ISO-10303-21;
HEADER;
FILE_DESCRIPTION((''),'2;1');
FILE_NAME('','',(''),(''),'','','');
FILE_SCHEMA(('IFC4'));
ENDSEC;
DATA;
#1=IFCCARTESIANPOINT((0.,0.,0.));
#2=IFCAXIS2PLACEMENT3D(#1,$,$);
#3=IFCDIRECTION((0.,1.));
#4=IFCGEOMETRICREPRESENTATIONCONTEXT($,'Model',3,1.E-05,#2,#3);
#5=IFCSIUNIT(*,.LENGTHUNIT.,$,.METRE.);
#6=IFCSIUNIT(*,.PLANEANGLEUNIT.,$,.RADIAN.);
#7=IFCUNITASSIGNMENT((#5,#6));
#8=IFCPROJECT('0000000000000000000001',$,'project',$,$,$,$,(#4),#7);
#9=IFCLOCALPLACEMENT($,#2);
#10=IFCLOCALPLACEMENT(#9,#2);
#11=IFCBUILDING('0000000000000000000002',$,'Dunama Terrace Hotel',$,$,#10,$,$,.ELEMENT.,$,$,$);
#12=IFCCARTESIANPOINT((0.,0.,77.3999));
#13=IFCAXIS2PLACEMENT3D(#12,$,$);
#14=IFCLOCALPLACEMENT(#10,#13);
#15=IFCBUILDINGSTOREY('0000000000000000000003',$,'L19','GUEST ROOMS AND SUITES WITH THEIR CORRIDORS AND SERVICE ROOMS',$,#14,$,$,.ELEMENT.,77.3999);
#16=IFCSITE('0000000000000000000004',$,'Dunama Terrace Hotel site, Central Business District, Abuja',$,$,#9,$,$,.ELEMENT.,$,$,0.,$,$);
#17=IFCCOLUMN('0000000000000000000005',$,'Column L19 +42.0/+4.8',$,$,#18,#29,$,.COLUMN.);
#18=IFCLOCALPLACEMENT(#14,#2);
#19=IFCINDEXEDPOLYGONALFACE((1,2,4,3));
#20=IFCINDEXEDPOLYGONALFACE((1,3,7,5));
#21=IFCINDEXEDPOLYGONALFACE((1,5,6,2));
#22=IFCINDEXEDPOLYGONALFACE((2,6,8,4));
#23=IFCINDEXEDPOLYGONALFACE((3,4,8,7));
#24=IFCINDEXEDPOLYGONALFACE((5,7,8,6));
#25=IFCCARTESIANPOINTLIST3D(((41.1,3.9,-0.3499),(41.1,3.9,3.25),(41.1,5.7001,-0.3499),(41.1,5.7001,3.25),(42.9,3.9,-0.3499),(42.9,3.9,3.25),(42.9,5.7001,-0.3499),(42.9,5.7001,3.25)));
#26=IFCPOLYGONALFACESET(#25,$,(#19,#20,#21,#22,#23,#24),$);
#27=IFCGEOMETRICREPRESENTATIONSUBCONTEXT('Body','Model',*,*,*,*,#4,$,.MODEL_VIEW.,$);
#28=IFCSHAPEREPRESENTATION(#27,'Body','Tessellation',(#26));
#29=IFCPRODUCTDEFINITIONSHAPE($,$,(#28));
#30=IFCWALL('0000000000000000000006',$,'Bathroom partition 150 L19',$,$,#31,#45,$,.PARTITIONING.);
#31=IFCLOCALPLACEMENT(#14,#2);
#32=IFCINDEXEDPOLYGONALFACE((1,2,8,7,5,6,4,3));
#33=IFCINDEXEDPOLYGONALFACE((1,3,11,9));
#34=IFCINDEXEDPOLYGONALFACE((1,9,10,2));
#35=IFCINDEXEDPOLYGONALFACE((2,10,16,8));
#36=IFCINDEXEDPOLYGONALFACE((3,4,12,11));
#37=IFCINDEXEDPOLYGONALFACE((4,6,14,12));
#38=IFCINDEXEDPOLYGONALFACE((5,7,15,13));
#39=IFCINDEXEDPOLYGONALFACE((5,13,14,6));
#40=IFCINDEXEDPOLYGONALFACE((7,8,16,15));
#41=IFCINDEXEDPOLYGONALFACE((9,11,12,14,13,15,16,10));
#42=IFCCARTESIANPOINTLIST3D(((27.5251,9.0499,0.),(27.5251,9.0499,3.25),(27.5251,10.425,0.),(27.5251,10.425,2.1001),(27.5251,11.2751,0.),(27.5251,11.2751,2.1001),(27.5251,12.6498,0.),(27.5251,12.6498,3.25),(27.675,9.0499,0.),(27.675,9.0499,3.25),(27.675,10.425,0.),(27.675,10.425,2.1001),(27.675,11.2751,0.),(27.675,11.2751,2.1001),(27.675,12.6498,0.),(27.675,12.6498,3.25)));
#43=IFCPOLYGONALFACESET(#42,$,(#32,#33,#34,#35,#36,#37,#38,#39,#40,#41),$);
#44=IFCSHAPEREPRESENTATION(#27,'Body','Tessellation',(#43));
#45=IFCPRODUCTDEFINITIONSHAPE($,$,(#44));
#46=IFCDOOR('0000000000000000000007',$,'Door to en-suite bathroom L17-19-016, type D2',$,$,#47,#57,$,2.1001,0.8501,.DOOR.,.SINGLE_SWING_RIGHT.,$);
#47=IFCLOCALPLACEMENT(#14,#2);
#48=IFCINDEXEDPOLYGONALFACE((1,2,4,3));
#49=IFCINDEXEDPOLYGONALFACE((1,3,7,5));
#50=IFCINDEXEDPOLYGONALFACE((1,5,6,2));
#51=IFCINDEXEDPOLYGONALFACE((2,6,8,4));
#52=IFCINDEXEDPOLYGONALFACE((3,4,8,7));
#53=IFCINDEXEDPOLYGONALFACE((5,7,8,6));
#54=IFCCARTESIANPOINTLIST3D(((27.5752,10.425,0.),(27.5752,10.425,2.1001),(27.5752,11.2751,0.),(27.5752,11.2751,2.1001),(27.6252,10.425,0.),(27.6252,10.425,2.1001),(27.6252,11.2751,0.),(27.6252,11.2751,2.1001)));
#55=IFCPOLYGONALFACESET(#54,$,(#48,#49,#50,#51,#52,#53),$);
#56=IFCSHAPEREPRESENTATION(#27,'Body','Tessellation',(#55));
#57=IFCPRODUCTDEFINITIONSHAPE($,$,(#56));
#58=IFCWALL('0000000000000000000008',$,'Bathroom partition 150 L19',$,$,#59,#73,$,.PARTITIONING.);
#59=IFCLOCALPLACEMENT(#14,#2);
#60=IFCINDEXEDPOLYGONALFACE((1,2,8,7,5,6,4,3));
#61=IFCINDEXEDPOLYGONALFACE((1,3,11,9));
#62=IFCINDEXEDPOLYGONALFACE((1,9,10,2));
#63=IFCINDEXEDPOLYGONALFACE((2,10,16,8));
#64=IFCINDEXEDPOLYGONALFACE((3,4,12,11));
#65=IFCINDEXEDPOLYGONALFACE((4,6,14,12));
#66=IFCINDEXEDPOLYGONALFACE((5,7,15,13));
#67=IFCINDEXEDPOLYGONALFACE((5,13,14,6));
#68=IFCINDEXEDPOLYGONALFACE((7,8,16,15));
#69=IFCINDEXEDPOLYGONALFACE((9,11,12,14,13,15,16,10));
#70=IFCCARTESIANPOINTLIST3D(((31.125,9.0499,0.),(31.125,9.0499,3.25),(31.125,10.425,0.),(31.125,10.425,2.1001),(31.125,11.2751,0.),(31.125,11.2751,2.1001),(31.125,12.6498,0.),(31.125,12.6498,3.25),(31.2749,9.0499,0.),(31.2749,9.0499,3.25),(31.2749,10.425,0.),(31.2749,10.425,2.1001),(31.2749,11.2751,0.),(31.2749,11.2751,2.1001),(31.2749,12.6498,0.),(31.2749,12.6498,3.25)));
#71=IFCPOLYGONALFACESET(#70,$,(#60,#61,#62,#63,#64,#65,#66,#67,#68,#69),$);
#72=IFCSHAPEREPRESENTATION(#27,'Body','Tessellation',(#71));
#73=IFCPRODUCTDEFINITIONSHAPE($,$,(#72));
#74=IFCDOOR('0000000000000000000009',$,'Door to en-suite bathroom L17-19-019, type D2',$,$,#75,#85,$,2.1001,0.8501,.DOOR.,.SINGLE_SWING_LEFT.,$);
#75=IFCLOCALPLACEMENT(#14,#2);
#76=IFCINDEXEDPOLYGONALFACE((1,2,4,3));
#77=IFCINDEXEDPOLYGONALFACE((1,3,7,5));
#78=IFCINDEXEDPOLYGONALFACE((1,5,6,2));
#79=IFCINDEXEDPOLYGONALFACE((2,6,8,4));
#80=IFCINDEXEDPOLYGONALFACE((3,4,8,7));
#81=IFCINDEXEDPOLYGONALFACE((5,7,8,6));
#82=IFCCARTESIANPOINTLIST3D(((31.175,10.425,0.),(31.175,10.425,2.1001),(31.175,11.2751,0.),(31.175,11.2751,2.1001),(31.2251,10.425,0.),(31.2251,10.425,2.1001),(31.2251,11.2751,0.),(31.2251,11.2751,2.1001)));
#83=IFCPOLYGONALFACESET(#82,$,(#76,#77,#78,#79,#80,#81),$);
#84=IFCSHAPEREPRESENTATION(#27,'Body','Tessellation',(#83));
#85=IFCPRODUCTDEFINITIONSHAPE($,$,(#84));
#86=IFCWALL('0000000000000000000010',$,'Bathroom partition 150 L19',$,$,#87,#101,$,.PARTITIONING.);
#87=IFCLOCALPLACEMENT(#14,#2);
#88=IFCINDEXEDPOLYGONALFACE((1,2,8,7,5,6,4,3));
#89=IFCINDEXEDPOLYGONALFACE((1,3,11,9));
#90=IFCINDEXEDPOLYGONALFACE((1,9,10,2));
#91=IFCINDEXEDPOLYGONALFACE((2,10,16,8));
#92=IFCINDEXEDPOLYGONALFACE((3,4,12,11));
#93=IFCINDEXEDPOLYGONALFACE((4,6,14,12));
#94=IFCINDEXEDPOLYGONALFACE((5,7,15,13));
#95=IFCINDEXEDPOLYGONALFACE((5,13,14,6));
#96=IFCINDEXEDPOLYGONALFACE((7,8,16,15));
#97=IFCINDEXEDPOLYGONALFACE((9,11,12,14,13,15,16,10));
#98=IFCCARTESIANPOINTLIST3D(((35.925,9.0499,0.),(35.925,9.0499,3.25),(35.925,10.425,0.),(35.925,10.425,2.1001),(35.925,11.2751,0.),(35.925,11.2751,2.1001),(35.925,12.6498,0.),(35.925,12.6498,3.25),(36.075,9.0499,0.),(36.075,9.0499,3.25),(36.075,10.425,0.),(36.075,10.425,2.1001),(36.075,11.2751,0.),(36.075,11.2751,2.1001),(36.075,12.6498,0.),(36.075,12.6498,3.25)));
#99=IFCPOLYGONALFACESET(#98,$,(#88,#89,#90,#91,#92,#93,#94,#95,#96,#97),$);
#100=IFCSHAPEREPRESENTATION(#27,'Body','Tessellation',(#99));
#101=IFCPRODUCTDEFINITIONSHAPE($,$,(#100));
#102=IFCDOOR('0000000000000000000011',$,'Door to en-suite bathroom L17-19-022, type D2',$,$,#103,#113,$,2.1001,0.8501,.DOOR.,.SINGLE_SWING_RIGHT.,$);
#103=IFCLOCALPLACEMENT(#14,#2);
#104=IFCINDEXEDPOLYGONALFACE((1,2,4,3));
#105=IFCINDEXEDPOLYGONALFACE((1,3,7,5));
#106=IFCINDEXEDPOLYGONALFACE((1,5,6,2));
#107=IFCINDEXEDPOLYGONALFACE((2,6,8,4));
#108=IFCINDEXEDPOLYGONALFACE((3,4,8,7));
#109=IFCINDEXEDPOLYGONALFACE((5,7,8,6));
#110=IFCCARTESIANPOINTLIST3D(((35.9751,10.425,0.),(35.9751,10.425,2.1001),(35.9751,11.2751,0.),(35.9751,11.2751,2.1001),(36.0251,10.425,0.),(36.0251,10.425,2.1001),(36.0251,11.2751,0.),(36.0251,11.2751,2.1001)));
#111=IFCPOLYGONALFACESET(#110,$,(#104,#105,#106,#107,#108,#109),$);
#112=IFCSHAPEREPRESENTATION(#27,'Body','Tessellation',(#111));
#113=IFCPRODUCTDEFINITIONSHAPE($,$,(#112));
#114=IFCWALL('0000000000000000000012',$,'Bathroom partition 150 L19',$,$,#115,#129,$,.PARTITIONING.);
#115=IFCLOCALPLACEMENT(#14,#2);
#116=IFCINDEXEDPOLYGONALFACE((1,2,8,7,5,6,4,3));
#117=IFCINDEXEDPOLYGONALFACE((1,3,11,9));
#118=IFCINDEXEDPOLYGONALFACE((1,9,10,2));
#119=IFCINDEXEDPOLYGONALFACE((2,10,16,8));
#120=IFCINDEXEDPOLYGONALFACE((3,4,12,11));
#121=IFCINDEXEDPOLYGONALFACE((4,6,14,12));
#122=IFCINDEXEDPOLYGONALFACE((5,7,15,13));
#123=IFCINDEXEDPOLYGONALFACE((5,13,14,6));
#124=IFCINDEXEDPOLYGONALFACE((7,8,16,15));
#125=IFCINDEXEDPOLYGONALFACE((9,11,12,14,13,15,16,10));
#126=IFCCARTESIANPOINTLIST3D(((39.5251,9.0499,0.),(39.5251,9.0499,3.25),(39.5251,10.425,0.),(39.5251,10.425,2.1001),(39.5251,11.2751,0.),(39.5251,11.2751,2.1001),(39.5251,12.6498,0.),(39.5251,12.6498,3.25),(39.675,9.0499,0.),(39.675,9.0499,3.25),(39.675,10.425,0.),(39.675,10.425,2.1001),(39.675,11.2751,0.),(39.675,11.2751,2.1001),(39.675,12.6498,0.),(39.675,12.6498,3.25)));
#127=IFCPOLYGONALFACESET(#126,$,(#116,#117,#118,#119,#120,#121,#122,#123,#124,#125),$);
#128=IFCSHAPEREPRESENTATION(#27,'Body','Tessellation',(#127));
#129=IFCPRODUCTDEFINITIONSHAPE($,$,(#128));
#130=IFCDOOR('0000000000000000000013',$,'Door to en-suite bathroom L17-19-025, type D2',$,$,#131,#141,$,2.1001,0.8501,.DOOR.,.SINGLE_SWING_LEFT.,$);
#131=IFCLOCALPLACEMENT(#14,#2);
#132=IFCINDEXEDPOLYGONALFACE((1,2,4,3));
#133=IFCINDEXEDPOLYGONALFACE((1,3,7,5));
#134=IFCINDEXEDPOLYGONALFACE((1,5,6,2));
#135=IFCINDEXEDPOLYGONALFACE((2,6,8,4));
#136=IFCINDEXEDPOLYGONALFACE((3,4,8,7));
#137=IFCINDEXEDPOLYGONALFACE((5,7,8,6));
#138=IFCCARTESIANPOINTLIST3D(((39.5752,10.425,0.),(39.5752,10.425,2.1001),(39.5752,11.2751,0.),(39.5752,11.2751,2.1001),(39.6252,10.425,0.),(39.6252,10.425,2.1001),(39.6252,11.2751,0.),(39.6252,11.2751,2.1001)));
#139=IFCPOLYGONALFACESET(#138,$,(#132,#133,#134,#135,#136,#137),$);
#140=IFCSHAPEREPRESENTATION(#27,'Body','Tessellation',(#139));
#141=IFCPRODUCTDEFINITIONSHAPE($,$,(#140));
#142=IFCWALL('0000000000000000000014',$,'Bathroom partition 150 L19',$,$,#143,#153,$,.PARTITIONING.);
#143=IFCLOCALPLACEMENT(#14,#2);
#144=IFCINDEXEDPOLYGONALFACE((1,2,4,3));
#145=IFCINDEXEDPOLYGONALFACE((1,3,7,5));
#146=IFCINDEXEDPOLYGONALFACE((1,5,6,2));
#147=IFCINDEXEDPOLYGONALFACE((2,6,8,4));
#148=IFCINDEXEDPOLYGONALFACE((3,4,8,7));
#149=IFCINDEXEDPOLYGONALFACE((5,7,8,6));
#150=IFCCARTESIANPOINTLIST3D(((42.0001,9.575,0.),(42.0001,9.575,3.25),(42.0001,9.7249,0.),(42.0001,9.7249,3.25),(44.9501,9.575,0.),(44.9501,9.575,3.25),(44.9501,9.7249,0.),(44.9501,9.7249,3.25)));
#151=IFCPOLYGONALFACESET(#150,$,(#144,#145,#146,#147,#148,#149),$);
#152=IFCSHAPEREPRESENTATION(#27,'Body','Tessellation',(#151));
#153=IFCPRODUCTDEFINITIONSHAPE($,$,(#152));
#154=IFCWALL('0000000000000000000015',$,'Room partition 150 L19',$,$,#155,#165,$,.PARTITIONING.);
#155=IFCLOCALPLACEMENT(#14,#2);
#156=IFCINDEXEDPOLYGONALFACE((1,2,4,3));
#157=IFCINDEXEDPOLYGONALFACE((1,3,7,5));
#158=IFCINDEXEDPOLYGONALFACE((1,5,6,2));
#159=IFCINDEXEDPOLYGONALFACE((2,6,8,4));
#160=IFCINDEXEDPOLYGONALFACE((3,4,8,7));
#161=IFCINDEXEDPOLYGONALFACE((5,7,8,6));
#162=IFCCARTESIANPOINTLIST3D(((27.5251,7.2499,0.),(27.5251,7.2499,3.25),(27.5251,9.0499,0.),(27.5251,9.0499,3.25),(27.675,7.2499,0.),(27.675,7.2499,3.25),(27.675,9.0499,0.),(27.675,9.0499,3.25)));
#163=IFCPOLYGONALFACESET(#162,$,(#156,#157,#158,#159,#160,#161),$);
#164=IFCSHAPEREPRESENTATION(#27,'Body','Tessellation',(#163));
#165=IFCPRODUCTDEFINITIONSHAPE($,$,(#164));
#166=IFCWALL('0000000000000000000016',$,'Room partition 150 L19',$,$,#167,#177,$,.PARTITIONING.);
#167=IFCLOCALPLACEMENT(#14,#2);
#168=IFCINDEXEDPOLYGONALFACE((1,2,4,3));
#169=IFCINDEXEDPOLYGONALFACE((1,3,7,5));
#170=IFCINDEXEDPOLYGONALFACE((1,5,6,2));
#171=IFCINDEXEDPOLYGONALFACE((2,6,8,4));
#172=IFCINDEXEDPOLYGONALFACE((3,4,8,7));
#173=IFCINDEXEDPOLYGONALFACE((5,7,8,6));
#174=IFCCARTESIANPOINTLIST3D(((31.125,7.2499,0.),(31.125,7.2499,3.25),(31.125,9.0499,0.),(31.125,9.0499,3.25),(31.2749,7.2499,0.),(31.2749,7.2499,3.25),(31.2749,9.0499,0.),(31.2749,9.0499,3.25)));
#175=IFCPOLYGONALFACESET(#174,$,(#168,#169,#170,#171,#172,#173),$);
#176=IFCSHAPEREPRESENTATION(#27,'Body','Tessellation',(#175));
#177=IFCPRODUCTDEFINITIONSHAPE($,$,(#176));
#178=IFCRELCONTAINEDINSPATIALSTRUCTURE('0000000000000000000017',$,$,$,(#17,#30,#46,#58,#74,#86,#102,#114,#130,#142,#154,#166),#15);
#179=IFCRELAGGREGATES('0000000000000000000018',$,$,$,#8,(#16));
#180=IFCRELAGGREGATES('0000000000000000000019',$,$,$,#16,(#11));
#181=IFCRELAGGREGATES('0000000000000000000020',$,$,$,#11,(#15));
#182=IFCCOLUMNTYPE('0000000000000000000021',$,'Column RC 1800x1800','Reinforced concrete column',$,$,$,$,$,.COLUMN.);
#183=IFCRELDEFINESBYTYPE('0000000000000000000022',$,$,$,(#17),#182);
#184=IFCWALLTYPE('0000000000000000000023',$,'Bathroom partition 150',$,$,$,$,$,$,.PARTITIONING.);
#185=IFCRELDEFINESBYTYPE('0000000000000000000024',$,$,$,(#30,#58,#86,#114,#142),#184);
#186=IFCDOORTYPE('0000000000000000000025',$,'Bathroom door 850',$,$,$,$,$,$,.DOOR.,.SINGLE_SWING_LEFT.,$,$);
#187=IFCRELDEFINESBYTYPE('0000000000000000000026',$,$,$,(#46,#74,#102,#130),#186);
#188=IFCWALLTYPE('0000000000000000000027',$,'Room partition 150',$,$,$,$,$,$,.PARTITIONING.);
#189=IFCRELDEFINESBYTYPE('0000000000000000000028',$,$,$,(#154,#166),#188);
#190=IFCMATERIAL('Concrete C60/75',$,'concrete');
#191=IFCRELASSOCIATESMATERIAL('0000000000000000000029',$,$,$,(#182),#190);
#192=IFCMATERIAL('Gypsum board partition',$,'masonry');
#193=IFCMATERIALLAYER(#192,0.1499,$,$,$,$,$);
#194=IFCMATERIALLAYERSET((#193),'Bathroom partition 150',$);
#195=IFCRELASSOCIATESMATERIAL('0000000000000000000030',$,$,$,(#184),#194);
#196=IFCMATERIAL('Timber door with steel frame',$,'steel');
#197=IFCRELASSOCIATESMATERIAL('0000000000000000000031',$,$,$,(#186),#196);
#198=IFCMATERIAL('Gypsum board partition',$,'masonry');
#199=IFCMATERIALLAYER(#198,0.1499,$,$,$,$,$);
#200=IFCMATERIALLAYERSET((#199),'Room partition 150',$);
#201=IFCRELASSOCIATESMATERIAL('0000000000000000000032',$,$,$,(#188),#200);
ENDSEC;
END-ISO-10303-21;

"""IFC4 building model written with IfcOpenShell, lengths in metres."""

from ifc_helpers import new_model, si_unit, direction, frame, frame_2d, origin, origin_2d, place, context, subcontext, project, spatial, rectangle, extrude, material, layer, layer_set, material_profile, profile_set, type_object, element, fill, save


model = new_model("IFC4")

# Units and contexts
model_context = context("Model", 3, precision=1e-05, world=origin(), true_north=direction((0.0, 1.0)))
body_context = subcontext(model_context, "Body", "Model", "MODEL_VIEW")
ifc_project = project(units=[si_unit("LENGTHUNIT", "METRE"), si_unit("PLANEANGLEUNIT", "RADIAN")], contexts=[model_context])

# Site, building, storey
site_placement = place(None, origin())
site = spatial("IfcSite", under=ifc_project, at=site_placement, Name="Dunama Terrace Hotel site, Central Business District, Abuja", CompositionType="ELEMENT", RefElevation=0.0)
building_placement = place(site_placement, origin())
building = spatial("IfcBuilding", under=site, at=building_placement, Name="Dunama Terrace Hotel", CompositionType="ELEMENT")
storey_placement = place(building_placement, frame((0.0, 0.0, 77.3999)))
storey = spatial("IfcBuildingStorey", under=building, at=storey_placement, Name="L19", Description="GUEST ROOMS AND SUITES WITH THEIR CORRIDORS AND SERVICE ROOMS", CompositionType="ELEMENT", Elevation=77.3999)

# Column
ifc_material_1 = material(Name="Concrete C60/75", Category="concrete")
ifc_material_profile = material_profile(ifc_material_1, rectangle(XDim=1.8, YDim=1.8, at=origin_2d()), Name="RC 1800x1800")
ifc_profile_set = profile_set([ifc_material_profile], Name="Concrete C60/75")
column_type = type_object("IfcColumnType", Name="Column RC 1800x1800", Description="Reinforced concrete column", PredefinedType="COLUMN", material=ifc_profile_set)
column_placement = place(storey_placement, frame((42.0, 4.8, -0.3499), z_axis=(0.0, 0.0, 1.0), x_axis=(1.0, 0.0, 0.0)))
element("IfcColumn", 1, at=column_placement, inside=storey, type_object=column_type, Name="Column L19 +42.0/+4.8", PredefinedType="COLUMN", context=body_context, shape_type="SweptSolid", body=[
    extrude(rectangle(XDim=1.8, YDim=1.8, at=origin_2d()), origin(), (0.0, 0.0, 1.0), 3.5999),
])

# Walls, openings, doors
ifc_material_2 = material(Name="Gypsum board partition", Category="masonry")
ifc_layer_1 = layer(ifc_material_2, 0.1499)
ifc_layer_set_1 = layer_set([ifc_layer_1], Name="Bathroom partition 150")
wall_type_1 = type_object("IfcWallType", Name="Bathroom partition 150", PredefinedType="PARTITIONING", material=ifc_layer_set_1)
wall_1_placement = place(storey_placement, frame((27.6001, 9.05, 0.0), z_axis=(0.0, 0.0, 1.0), x_axis=(0.0, 1.0, 0.0)))
wall_1 = element("IfcWall", 2, at=wall_1_placement, inside=storey, type_object=wall_type_1, Name="Bathroom partition 150 L19", PredefinedType="PARTITIONING", context=body_context, shape_type="SweptSolid", body=[
    extrude(rectangle(XDim=3.5999, YDim=0.1499, at=frame_2d((1.7998, 0.0))), origin(), (0.0, 0.0, 1.0), 3.25),
])
opening_1_placement = place(wall_1_placement, frame((1.375, 0.0, 0.0)))
opening_1 = element("IfcOpeningElement", 3, at=opening_1_placement, cuts=wall_1, PredefinedType="OPENING", context=body_context, shape_type="SweptSolid", body=[
    extrude(rectangle(XDim=0.8501, YDim=2.1001, at=frame_2d((0.425, 1.05))), frame((0.0, 0.085, 0.0), z_axis=(0.0, -1.0, 0.0), x_axis=(1.0, 0.0, 0.0)), (0.0, 0.0, 1.0), 0.1699),
])
ifc_material_3 = material(Name="Timber door with steel frame", Category="steel")
door_type_1 = type_object("IfcDoorType", Name="Bathroom door 850", OperationType="SINGLE_SWING_LEFT", PredefinedType="DOOR", material=ifc_material_3)
door_1_placement = place(opening_1_placement, origin())
door_1 = element("IfcDoor", 4, at=door_1_placement, inside=storey, type_object=door_type_1, Name="Door to en-suite bathroom L17-19-016, type D2", OperationType="SINGLE_SWING_RIGHT", OverallHeight=2.1001, OverallWidth=0.8501, PredefinedType="DOOR", context=body_context, shape_type="SweptSolid", body=[
    extrude(rectangle(XDim=0.8501, YDim=2.1001, at=frame_2d((0.425, 1.05))), frame((0.0, 0.0249, 0.0), z_axis=(0.0, -1.0, 0.0), x_axis=(1.0, 0.0, 0.0)), (0.0, 0.0, 1.0), 0.05),
])
fill(opening_1, door_1)
wall_2_placement = place(storey_placement, frame((31.2, 9.05, 0.0), z_axis=(0.0, 0.0, 1.0), x_axis=(0.0, 1.0, 0.0)))
wall_2 = element("IfcWall", 5, at=wall_2_placement, inside=storey, type_object=wall_type_1, Name="Bathroom partition 150 L19", PredefinedType="PARTITIONING", context=body_context, shape_type="SweptSolid", body=[
    extrude(rectangle(XDim=3.5999, YDim=0.1499, at=frame_2d((1.7998, 0.0))), origin(), (0.0, 0.0, 1.0), 3.25),
])
opening_2_placement = place(wall_2_placement, frame((1.375, 0.0, 0.0)))
opening_2 = element("IfcOpeningElement", 6, at=opening_2_placement, cuts=wall_2, PredefinedType="OPENING", context=body_context, shape_type="SweptSolid", body=[
    extrude(rectangle(XDim=0.8501, YDim=2.1001, at=frame_2d((0.425, 1.05))), frame((0.0, 0.085, 0.0), z_axis=(0.0, -1.0, 0.0), x_axis=(1.0, 0.0, 0.0)), (0.0, 0.0, 1.0), 0.1699),
])
door_2_placement = place(opening_2_placement, frame((0.8501, 0.0, 0.0), z_axis=(0.0, 0.0, 1.0), x_axis=(-1.0, 0.0, 0.0)))
door_2 = element("IfcDoor", 7, at=door_2_placement, inside=storey, type_object=door_type_1, Name="Door to en-suite bathroom L17-19-019, type D2", OperationType="SINGLE_SWING_LEFT", OverallHeight=2.1001, OverallWidth=0.8501, PredefinedType="DOOR", context=body_context, shape_type="SweptSolid", body=[
    extrude(rectangle(XDim=0.8501, YDim=2.1001, at=frame_2d((0.425, 1.05))), frame((0.0, 0.0251, 0.0), z_axis=(0.0, -1.0, 0.0), x_axis=(1.0, 0.0, 0.0)), (0.0, 0.0, 1.0), 0.05),
])
fill(opening_2, door_2)
wall_3_placement = place(storey_placement, frame((36.0, 9.05, 0.0), z_axis=(0.0, 0.0, 1.0), x_axis=(0.0, 1.0, 0.0)))
wall_3 = element("IfcWall", 8, at=wall_3_placement, inside=storey, type_object=wall_type_1, Name="Bathroom partition 150 L19", PredefinedType="PARTITIONING", context=body_context, shape_type="SweptSolid", body=[
    extrude(rectangle(XDim=3.5999, YDim=0.1499, at=frame_2d((1.7998, 0.0))), origin(), (0.0, 0.0, 1.0), 3.25),
])
opening_3_placement = place(wall_3_placement, frame((1.375, 0.0, 0.0)))
opening_3 = element("IfcOpeningElement", 9, at=opening_3_placement, cuts=wall_3, PredefinedType="OPENING", context=body_context, shape_type="SweptSolid", body=[
    extrude(rectangle(XDim=0.8501, YDim=2.1001, at=frame_2d((0.425, 1.05))), frame((0.0, 0.085, 0.0), z_axis=(0.0, -1.0, 0.0), x_axis=(1.0, 0.0, 0.0)), (0.0, 0.0, 1.0), 0.1699),
])
door_3_placement = place(opening_3_placement, origin())
door_3 = element("IfcDoor", 10, at=door_3_placement, inside=storey, type_object=door_type_1, Name="Door to en-suite bathroom L17-19-022, type D2", OperationType="SINGLE_SWING_RIGHT", OverallHeight=2.1001, OverallWidth=0.8501, PredefinedType="DOOR", context=body_context, shape_type="SweptSolid", body=[
    extrude(rectangle(XDim=0.8501, YDim=2.1001, at=frame_2d((0.425, 1.05))), frame((0.0, 0.0249, 0.0), z_axis=(0.0, -1.0, 0.0), x_axis=(1.0, 0.0, 0.0)), (0.0, 0.0, 1.0), 0.05),
])
fill(opening_3, door_3)
wall_4_placement = place(storey_placement, frame((39.6001, 9.05, 0.0), z_axis=(0.0, 0.0, 1.0), x_axis=(0.0, 1.0, 0.0)))
wall_4 = element("IfcWall", 11, at=wall_4_placement, inside=storey, type_object=wall_type_1, Name="Bathroom partition 150 L19", PredefinedType="PARTITIONING", context=body_context, shape_type="SweptSolid", body=[
    extrude(rectangle(XDim=3.5999, YDim=0.1499, at=frame_2d((1.7998, 0.0))), origin(), (0.0, 0.0, 1.0), 3.25),
])
opening_4_placement = place(wall_4_placement, frame((1.375, 0.0, 0.0)))
opening_4 = element("IfcOpeningElement", 12, at=opening_4_placement, cuts=wall_4, PredefinedType="OPENING", context=body_context, shape_type="SweptSolid", body=[
    extrude(rectangle(XDim=0.8501, YDim=2.1001, at=frame_2d((0.425, 1.05))), frame((0.0, 0.085, 0.0), z_axis=(0.0, -1.0, 0.0), x_axis=(1.0, 0.0, 0.0)), (0.0, 0.0, 1.0), 0.1699),
])
door_4_placement = place(opening_4_placement, frame((0.8501, 0.0, 0.0), z_axis=(0.0, 0.0, 1.0), x_axis=(-1.0, 0.0, 0.0)))
door_4 = element("IfcDoor", 13, at=door_4_placement, inside=storey, type_object=door_type_1, Name="Door to en-suite bathroom L17-19-025, type D2", OperationType="SINGLE_SWING_LEFT", OverallHeight=2.1001, OverallWidth=0.8501, PredefinedType="DOOR", context=body_context, shape_type="SweptSolid", body=[
    extrude(rectangle(XDim=0.8501, YDim=2.1001, at=frame_2d((0.425, 1.05))), frame((0.0, 0.0251, 0.0), z_axis=(0.0, -1.0, 0.0), x_axis=(1.0, 0.0, 0.0)), (0.0, 0.0, 1.0), 0.05),
])
fill(opening_4, door_4)

# Walls
wall_5_placement = place(storey_placement, frame((42.0, 9.6499, 0.0), z_axis=(0.0, 0.0, 1.0), x_axis=(1.0, 0.0, 0.0)))
element("IfcWall", 14, at=wall_5_placement, inside=storey, type_object=wall_type_1, Name="Bathroom partition 150 L19", PredefinedType="PARTITIONING", context=body_context, shape_type="SweptSolid", body=[
    extrude(rectangle(XDim=2.95, YDim=0.1499, at=frame_2d((1.4751, 0.0))), origin(), (0.0, 0.0, 1.0), 3.25),
])
ifc_material_4 = material(Name="Gypsum board partition", Category="masonry")
ifc_layer_2 = layer(ifc_material_4, 0.1499)
ifc_layer_set_2 = layer_set([ifc_layer_2], Name="Room partition 150")
wall_type_2 = type_object("IfcWallType", Name="Room partition 150", PredefinedType="PARTITIONING", material=ifc_layer_set_2)
for number, where, z_axis, x_axis, name in (
    (15, (27.6001, 7.25, 0.0), (0.0, 0.0, 1.0), (0.0, 1.0, 0.0), "Room partition 150 L19"),
    (16, (31.2, 7.25, 0.0), (0.0, 0.0, 1.0), (0.0, 1.0, 0.0), "Room partition 150 L19"),
):
    element("IfcWall", number, at=place(storey_placement, frame(where, z_axis=z_axis, x_axis=x_axis)), inside=storey, type_object=wall_type_2, Name=name, PredefinedType="PARTITIONING", context=body_context, shape_type="SweptSolid", body=[
        extrude(rectangle(XDim=1.8, YDim=0.1499, at=frame_2d((0.8999, 0.0))), origin(), (0.0, 0.0, 1.0), 3.25),
    ])

save(model, "model.ifc")
